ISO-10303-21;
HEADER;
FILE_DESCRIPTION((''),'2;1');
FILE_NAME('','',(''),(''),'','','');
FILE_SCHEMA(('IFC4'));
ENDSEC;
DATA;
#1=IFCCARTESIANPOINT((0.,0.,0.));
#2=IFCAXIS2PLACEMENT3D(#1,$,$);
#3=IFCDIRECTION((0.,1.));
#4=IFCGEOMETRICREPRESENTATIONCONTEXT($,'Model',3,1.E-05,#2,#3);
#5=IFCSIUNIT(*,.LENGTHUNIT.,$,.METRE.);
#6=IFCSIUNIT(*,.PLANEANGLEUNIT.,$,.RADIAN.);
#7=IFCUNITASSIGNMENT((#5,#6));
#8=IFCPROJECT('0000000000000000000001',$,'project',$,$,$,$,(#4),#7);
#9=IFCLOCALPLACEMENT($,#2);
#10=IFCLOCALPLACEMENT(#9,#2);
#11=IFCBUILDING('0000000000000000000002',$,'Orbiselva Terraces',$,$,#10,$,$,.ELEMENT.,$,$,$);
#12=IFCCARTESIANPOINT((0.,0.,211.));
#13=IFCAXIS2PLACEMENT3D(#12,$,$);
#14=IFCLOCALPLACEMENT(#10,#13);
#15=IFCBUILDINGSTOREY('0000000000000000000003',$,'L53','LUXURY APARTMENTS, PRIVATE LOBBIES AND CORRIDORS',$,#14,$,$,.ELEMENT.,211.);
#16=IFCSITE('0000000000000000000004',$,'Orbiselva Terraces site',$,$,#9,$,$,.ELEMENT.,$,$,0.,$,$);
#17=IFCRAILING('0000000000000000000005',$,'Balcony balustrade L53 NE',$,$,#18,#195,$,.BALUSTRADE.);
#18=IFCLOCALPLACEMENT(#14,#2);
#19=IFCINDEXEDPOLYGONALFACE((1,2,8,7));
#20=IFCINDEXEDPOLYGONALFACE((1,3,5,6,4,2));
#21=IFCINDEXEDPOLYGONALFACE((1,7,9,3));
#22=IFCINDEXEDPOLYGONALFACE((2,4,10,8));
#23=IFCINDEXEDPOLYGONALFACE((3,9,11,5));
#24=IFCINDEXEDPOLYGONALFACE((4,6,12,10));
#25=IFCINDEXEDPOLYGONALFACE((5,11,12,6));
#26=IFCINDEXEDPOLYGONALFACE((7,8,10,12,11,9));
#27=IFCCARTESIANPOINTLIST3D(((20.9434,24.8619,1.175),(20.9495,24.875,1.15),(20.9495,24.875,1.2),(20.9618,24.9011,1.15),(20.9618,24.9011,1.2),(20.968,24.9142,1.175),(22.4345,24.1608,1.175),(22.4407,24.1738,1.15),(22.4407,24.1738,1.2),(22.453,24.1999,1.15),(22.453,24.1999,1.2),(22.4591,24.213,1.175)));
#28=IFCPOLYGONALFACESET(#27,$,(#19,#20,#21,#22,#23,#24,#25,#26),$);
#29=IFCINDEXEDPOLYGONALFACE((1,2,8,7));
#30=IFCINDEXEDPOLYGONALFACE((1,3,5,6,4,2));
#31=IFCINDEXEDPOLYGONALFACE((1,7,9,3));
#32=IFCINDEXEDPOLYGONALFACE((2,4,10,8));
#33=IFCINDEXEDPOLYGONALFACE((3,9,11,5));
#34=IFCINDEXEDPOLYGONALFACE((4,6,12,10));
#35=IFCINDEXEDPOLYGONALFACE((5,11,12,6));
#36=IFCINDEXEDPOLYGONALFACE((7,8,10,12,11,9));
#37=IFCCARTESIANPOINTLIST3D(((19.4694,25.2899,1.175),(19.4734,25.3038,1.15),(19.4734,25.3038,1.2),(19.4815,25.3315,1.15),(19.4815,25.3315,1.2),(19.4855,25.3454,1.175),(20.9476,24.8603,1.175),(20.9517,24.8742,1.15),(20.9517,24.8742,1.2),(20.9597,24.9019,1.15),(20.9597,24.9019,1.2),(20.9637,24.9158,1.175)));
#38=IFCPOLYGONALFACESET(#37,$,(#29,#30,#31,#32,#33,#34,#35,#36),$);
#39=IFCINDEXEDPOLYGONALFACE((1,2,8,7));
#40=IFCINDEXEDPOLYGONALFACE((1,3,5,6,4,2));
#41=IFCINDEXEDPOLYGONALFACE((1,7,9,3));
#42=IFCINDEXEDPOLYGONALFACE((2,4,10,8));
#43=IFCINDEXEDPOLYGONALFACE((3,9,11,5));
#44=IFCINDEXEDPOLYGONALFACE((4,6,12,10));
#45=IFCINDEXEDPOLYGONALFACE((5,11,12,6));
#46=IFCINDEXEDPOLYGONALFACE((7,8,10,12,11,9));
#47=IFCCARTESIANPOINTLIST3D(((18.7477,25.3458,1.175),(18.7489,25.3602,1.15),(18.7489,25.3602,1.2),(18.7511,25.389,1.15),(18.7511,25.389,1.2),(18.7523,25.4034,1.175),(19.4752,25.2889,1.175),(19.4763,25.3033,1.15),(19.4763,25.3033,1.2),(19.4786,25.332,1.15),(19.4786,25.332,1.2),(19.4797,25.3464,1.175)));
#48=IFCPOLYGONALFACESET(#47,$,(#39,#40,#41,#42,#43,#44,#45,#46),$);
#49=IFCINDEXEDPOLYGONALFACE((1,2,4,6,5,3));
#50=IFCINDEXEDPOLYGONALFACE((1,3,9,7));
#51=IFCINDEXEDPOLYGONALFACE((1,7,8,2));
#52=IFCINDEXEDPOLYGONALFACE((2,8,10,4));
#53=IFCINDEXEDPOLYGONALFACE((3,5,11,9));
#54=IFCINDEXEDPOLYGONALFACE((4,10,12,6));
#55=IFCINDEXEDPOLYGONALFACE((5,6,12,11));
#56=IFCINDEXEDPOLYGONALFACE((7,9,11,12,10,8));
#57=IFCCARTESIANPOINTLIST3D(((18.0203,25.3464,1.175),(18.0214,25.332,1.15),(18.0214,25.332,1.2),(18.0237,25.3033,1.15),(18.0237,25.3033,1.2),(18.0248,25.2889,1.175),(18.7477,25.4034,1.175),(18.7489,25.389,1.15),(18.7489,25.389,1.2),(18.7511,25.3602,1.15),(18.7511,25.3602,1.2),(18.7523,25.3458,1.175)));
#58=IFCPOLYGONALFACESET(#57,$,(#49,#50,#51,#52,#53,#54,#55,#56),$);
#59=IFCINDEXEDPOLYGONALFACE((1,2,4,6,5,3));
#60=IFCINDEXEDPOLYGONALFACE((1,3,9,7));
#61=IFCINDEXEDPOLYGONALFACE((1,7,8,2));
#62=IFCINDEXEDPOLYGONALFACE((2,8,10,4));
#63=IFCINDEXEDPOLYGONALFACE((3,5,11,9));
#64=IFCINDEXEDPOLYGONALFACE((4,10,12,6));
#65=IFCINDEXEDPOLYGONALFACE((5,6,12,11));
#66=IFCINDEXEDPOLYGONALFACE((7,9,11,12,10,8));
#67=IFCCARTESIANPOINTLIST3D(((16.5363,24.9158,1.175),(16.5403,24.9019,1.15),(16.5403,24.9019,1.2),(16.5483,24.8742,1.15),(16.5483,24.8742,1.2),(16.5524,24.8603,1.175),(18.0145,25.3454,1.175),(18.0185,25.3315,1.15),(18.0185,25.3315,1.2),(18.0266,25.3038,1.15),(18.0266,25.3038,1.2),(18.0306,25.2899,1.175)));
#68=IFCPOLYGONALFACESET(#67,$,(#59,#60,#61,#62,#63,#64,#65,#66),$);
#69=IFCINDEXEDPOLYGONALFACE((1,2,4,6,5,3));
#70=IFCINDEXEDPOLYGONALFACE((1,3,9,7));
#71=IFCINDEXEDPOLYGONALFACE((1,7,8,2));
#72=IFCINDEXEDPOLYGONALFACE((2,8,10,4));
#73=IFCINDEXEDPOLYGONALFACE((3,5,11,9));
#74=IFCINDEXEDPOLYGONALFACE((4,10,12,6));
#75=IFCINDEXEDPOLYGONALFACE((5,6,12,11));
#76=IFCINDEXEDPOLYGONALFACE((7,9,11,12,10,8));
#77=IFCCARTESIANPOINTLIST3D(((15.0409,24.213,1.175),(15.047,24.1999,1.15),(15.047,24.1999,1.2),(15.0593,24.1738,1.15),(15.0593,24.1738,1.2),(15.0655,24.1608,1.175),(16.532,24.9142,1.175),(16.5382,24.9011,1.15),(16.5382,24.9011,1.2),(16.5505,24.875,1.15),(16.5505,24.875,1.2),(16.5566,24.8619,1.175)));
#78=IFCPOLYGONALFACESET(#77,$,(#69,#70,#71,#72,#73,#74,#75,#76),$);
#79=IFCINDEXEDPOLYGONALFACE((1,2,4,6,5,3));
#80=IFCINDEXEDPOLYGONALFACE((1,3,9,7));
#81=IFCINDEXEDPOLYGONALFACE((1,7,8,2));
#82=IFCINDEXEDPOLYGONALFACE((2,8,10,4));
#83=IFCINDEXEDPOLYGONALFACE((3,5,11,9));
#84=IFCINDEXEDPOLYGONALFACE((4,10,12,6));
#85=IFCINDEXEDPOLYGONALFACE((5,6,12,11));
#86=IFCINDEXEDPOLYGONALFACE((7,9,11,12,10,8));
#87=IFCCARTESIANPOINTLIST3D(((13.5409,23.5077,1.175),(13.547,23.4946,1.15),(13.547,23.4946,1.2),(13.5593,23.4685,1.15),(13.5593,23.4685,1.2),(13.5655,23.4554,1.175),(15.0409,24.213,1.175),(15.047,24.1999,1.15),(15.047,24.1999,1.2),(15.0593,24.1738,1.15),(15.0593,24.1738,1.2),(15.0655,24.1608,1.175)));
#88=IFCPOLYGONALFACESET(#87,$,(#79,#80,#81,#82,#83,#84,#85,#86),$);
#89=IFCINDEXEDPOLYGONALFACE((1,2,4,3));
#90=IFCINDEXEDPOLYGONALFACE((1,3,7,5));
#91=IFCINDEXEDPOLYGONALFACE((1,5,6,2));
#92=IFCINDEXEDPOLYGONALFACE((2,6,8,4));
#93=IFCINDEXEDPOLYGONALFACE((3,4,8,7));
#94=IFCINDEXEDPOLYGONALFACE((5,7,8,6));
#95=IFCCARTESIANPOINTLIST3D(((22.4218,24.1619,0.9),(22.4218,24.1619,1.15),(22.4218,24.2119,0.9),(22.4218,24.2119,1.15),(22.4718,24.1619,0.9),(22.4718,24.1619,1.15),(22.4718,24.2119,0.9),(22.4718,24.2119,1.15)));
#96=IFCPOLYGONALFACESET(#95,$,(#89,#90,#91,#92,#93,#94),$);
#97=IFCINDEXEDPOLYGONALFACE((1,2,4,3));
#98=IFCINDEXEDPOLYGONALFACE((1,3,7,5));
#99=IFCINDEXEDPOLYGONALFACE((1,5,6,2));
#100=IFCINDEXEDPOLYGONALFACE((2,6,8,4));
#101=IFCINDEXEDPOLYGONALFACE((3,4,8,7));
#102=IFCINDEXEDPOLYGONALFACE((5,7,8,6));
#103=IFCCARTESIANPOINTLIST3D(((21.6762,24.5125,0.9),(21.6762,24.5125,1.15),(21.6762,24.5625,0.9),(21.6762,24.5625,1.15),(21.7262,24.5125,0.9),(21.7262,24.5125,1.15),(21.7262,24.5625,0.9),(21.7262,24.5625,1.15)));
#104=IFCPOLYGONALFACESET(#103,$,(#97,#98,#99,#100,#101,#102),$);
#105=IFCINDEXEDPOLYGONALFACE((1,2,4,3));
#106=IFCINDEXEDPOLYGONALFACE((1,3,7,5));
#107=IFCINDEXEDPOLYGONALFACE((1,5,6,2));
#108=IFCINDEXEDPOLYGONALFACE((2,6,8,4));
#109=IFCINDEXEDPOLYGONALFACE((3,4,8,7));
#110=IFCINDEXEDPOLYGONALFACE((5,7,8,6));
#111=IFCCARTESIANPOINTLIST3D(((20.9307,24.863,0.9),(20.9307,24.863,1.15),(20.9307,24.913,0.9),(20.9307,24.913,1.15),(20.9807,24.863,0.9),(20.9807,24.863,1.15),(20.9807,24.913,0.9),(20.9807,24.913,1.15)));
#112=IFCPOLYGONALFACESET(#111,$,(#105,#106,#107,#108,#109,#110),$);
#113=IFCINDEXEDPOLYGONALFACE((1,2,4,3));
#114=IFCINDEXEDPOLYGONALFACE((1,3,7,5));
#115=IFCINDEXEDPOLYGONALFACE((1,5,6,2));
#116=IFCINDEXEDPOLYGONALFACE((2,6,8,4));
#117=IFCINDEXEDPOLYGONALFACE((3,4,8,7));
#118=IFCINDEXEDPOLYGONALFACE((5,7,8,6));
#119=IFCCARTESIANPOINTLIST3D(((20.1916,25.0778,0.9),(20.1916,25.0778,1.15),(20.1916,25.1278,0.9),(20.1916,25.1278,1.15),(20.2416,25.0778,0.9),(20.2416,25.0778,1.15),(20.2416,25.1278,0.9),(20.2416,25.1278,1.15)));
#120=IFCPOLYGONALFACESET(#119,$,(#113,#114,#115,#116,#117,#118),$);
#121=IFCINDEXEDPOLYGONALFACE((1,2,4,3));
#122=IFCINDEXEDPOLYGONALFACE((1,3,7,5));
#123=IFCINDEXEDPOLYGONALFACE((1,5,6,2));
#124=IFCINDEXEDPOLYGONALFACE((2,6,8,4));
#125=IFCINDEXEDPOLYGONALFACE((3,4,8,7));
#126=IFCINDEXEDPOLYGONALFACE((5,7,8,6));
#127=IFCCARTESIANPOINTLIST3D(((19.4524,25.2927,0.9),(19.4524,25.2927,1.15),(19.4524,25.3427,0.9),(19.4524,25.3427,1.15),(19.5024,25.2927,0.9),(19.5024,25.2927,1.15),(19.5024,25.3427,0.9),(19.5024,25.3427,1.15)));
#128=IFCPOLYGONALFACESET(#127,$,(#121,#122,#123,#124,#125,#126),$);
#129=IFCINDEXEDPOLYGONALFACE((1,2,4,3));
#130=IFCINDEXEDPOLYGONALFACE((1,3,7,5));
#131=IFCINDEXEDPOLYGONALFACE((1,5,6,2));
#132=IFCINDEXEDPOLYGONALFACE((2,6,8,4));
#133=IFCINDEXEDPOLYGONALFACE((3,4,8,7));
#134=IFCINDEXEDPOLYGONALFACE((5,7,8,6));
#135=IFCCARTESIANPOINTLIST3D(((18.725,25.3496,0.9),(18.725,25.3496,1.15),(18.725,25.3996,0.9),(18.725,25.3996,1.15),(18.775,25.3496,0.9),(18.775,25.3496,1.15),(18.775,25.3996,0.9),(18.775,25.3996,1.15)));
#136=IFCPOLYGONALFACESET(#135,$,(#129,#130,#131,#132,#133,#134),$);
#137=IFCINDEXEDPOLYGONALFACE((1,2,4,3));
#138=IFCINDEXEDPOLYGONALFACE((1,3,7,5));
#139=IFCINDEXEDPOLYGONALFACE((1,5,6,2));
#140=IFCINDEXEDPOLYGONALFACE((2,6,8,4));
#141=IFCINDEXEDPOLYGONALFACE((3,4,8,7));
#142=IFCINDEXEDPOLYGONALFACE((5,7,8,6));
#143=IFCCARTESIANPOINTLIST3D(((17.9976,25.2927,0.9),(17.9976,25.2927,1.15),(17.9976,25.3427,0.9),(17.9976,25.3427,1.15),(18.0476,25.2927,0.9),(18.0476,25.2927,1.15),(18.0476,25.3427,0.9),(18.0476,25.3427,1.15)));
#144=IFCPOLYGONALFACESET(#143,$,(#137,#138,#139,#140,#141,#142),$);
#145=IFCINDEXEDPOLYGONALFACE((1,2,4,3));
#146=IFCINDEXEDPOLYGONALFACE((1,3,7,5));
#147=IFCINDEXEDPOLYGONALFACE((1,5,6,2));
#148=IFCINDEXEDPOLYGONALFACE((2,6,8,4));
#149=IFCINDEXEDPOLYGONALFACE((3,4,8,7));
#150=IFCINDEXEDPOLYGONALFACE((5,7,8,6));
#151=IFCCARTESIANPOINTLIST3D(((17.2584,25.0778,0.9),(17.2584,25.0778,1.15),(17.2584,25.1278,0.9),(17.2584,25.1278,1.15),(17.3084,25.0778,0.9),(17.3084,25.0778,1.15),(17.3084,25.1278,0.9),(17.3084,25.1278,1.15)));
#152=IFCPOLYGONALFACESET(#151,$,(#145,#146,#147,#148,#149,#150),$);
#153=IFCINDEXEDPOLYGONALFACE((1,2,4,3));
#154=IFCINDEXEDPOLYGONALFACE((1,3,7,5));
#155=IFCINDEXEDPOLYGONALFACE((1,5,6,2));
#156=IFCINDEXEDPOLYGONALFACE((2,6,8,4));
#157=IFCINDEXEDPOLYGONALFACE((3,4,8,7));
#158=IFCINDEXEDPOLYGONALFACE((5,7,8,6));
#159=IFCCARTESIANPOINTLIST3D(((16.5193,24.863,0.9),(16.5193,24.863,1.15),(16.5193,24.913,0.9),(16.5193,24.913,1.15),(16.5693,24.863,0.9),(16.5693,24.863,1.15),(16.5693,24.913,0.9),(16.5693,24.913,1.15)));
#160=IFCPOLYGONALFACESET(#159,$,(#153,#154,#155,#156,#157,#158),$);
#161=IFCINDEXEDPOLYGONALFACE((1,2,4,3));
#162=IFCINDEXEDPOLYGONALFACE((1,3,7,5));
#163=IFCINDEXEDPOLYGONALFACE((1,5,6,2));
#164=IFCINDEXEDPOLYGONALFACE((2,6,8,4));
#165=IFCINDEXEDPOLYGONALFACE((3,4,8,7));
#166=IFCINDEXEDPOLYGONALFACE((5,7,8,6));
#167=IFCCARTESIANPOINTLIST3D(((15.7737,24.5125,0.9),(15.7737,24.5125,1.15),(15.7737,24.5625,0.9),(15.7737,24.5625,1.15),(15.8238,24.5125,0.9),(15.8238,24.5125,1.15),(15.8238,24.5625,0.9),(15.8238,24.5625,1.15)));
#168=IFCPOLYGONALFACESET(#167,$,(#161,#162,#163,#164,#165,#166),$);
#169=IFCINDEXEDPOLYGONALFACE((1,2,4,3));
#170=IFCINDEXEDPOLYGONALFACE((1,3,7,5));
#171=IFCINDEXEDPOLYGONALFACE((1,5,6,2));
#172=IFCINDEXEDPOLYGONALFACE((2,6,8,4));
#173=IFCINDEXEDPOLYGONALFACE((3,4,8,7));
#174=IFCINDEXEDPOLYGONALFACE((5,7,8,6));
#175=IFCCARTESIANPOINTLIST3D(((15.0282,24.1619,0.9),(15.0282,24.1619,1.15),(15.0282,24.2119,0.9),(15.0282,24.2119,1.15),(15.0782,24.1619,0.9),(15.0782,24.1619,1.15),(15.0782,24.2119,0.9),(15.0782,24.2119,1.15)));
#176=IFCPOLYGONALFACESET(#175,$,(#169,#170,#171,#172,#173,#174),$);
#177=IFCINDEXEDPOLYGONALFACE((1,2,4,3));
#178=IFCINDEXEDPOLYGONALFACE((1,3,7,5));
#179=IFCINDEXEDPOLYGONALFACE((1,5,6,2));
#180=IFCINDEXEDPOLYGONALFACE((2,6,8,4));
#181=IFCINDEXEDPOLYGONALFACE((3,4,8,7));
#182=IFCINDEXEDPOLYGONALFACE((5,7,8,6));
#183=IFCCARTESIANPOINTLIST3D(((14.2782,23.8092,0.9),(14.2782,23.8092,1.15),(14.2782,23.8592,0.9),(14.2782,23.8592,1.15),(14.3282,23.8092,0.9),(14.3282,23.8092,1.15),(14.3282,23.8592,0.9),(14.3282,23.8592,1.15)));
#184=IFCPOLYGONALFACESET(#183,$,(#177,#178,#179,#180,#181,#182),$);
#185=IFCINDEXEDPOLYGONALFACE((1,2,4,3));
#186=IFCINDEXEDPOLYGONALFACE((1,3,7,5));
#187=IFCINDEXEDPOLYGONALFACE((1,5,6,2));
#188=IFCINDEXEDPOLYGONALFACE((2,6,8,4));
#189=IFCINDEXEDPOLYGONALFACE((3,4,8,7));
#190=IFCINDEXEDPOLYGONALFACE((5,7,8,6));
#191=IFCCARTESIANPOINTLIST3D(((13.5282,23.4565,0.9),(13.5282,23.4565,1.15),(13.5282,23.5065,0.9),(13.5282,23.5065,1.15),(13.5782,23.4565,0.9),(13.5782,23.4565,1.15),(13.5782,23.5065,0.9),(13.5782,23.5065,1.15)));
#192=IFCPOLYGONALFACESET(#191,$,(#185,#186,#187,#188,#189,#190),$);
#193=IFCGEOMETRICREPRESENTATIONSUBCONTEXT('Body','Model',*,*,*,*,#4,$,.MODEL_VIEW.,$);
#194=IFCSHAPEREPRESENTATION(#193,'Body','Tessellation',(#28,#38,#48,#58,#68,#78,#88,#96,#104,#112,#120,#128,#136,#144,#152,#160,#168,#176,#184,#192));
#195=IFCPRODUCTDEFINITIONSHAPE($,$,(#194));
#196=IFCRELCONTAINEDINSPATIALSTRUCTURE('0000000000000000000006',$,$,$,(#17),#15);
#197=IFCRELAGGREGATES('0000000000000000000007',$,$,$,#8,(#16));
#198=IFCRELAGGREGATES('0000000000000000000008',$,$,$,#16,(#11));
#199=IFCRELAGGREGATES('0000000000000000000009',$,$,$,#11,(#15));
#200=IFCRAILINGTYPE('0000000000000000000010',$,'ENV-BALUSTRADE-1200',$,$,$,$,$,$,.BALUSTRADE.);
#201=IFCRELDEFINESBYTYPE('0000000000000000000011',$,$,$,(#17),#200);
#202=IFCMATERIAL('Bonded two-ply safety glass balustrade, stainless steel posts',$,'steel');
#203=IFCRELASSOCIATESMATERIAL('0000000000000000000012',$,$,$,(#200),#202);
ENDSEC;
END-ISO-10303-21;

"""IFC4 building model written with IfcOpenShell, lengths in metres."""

from ifc_helpers import new_model, si_unit, direction, frame, origin, origin_2d, place, context, subcontext, project, spatial, polyline, rectangle, outline, extrude, material, type_object, element, save


model = new_model("IFC4")

# Units and contexts
model_context = context("Model", 3, precision=1e-05, world=origin(), true_north=direction((0.0, 1.0)))
body_context = subcontext(model_context, "Body", "Model", "MODEL_VIEW")
ifc_project = project(units=[si_unit("LENGTHUNIT", "METRE"), si_unit("PLANEANGLEUNIT", "RADIAN")], contexts=[model_context])

# Site, building, storey
site_placement = place(None, origin())
site = spatial("IfcSite", under=ifc_project, at=site_placement, Name="Orbiselva Terraces site", CompositionType="ELEMENT", RefElevation=0.0)
building_placement = place(site_placement, origin())
building = spatial("IfcBuilding", under=site, at=building_placement, Name="Orbiselva Terraces", CompositionType="ELEMENT")
storey_placement = place(building_placement, frame((0.0, 0.0, 211.0)))
storey = spatial("IfcBuildingStorey", under=building, at=storey_placement, Name="L53", Description="LUXURY APARTMENTS, PRIVATE LOBBIES AND CORRIDORS", CompositionType="ELEMENT", Elevation=211.0)

# Railing
ifc_material_1 = material(Name="Bonded two-ply safety glass balustrade, stainless steel posts", Category="steel")
railing_type_1 = type_object("IfcRailingType", Name="ENV-BALUSTRADE-1200", PredefinedType="BALUSTRADE", material=ifc_material_1)
railing_1_placement = place(storey_placement, frame((22.4468, 24.1869, 0.9)))
element("IfcRailing", 1, at=railing_1_placement, inside=storey, type_object=railing_type_1, Name="Balcony balustrade L53 NE", PredefinedType="BALUSTRADE", context=body_context, shape_type="SweptSolid", body=[
    extrude(outline(polyline([(0.0289, 0.0), (0.0144, 0.025), (-0.0144, 0.025), (-0.0289, 0.0), (-0.0144, -0.025), (0.0144, -0.025), (0.0289, 0.0)])), frame((0.0, 0.0, 0.275), z_axis=(-0.904944, 0.42553, 0.0), x_axis=(-0.42553, -0.904944, 0.0)), (0.0, 0.0, 1.0), 1.6477),
    extrude(outline(polyline([(0.0289, 0.0), (0.0144, 0.025), (-0.0144, 0.025), (-0.0289, 0.0), (-0.0144, -0.025), (0.0144, -0.025), (0.0289, 0.0)])), frame((-1.4911, 0.7012, 0.275), z_axis=(-0.96027, 0.279072, 0.0), x_axis=(-0.279072, -0.96027, 0.0)), (0.0, 0.0, 1.0), 1.5394),
    extrude(outline(polyline([(0.0289, 0.0), (0.0144, 0.025), (-0.0144, 0.025), (-0.0289, 0.0), (-0.0144, -0.025), (0.0144, -0.025), (0.0289, 0.0)])), frame((-2.9694, 1.1308, 0.275), z_axis=(-0.996948, 0.07807, 0.0), x_axis=(-0.07807, -0.996948, 0.0)), (0.0, 0.0, 1.0), 0.7297),
    extrude(outline(polyline([(0.0289, 0.0), (0.0144, 0.025), (-0.0144, 0.025), (-0.0289, 0.0), (-0.0144, -0.025), (0.0144, -0.025), (0.0289, 0.0)])), frame((-3.6968, 1.1877, 0.275), z_axis=(-0.996948, -0.07807, 0.0), x_axis=(0.07807, -0.996948, 0.0)), (0.0, 0.0, 1.0), 0.7297),
    extrude(outline(polyline([(0.0289, 0.0), (0.0144, 0.025), (-0.0144, 0.025), (-0.0289, 0.0), (-0.0144, -0.025), (0.0144, -0.025), (0.0289, 0.0)])), frame((-4.4243, 1.1308, 0.275), z_axis=(-0.96027, -0.279072, 0.0), x_axis=(0.279072, -0.96027, 0.0)), (0.0, 0.0, 1.0), 1.5394),
    extrude(outline(polyline([(0.0289, 0.0), (0.0144, 0.025), (-0.0144, 0.025), (-0.0289, 0.0), (-0.0144, -0.025), (0.0144, -0.025), (0.0289, 0.0)])), frame((-5.9025, 0.7012, 0.275), z_axis=(-0.904944, -0.42553, 0.0), x_axis=(0.42553, -0.904944, 0.0)), (0.0, 0.0, 1.0), 1.6477),
    extrude(outline(polyline([(0.0289, 0.0), (0.0144, 0.025), (-0.0144, 0.025), (-0.0289, 0.0), (-0.0144, -0.025), (0.0144, -0.025), (0.0289, 0.0)])), frame((-7.3936, 0.0, 0.275), z_axis=(-0.904944, -0.42553, 0.0), x_axis=(0.42553, -0.904944, 0.0)), (0.0, 0.0, 1.0), 1.6576),
    extrude(rectangle(XDim=0.05, YDim=0.05, at=origin_2d()), origin(), (0.0, 0.0, 1.0), 0.25),
    extrude(rectangle(XDim=0.05, YDim=0.05, at=origin_2d()), frame((-0.7456, 0.3506, 0.0)), (0.0, 0.0, 1.0), 0.25),
    extrude(rectangle(XDim=0.05, YDim=0.05, at=origin_2d()), frame((-1.4911, 0.7012, 0.0)), (0.0, 0.0, 1.0), 0.25),
    extrude(rectangle(XDim=0.05, YDim=0.05, at=origin_2d()), frame((-2.2302, 0.916, 0.0)), (0.0, 0.0, 1.0), 0.25),
    extrude(rectangle(XDim=0.05, YDim=0.05, at=origin_2d()), frame((-2.9694, 1.1308, 0.0)), (0.0, 0.0, 1.0), 0.25),
    extrude(rectangle(XDim=0.05, YDim=0.05, at=origin_2d()), frame((-3.6968, 1.1877, 0.0)), (0.0, 0.0, 1.0), 0.25),
    extrude(rectangle(XDim=0.05, YDim=0.05, at=origin_2d()), frame((-4.4243, 1.1308, 0.0)), (0.0, 0.0, 1.0), 0.25),
    extrude(rectangle(XDim=0.05, YDim=0.05, at=origin_2d()), frame((-5.1634, 0.916, 0.0)), (0.0, 0.0, 1.0), 0.25),
    extrude(rectangle(XDim=0.05, YDim=0.05, at=origin_2d()), frame((-5.9025, 0.7012, 0.0)), (0.0, 0.0, 1.0), 0.25),
    extrude(rectangle(XDim=0.05, YDim=0.05, at=origin_2d()), frame((-6.6481, 0.3506, 0.0)), (0.0, 0.0, 1.0), 0.25),
    extrude(rectangle(XDim=0.05, YDim=0.05, at=origin_2d()), frame((-7.3936, 0.0, 0.0)), (0.0, 0.0, 1.0), 0.25),
    extrude(rectangle(XDim=0.05, YDim=0.05, at=origin_2d()), frame((-8.1436, -0.3527, 0.0)), (0.0, 0.0, 1.0), 0.25),
    extrude(rectangle(XDim=0.05, YDim=0.05, at=origin_2d()), frame((-8.8936, -0.7053, 0.0)), (0.0, 0.0, 1.0), 0.25),
])

save(model, "model.ifc")
